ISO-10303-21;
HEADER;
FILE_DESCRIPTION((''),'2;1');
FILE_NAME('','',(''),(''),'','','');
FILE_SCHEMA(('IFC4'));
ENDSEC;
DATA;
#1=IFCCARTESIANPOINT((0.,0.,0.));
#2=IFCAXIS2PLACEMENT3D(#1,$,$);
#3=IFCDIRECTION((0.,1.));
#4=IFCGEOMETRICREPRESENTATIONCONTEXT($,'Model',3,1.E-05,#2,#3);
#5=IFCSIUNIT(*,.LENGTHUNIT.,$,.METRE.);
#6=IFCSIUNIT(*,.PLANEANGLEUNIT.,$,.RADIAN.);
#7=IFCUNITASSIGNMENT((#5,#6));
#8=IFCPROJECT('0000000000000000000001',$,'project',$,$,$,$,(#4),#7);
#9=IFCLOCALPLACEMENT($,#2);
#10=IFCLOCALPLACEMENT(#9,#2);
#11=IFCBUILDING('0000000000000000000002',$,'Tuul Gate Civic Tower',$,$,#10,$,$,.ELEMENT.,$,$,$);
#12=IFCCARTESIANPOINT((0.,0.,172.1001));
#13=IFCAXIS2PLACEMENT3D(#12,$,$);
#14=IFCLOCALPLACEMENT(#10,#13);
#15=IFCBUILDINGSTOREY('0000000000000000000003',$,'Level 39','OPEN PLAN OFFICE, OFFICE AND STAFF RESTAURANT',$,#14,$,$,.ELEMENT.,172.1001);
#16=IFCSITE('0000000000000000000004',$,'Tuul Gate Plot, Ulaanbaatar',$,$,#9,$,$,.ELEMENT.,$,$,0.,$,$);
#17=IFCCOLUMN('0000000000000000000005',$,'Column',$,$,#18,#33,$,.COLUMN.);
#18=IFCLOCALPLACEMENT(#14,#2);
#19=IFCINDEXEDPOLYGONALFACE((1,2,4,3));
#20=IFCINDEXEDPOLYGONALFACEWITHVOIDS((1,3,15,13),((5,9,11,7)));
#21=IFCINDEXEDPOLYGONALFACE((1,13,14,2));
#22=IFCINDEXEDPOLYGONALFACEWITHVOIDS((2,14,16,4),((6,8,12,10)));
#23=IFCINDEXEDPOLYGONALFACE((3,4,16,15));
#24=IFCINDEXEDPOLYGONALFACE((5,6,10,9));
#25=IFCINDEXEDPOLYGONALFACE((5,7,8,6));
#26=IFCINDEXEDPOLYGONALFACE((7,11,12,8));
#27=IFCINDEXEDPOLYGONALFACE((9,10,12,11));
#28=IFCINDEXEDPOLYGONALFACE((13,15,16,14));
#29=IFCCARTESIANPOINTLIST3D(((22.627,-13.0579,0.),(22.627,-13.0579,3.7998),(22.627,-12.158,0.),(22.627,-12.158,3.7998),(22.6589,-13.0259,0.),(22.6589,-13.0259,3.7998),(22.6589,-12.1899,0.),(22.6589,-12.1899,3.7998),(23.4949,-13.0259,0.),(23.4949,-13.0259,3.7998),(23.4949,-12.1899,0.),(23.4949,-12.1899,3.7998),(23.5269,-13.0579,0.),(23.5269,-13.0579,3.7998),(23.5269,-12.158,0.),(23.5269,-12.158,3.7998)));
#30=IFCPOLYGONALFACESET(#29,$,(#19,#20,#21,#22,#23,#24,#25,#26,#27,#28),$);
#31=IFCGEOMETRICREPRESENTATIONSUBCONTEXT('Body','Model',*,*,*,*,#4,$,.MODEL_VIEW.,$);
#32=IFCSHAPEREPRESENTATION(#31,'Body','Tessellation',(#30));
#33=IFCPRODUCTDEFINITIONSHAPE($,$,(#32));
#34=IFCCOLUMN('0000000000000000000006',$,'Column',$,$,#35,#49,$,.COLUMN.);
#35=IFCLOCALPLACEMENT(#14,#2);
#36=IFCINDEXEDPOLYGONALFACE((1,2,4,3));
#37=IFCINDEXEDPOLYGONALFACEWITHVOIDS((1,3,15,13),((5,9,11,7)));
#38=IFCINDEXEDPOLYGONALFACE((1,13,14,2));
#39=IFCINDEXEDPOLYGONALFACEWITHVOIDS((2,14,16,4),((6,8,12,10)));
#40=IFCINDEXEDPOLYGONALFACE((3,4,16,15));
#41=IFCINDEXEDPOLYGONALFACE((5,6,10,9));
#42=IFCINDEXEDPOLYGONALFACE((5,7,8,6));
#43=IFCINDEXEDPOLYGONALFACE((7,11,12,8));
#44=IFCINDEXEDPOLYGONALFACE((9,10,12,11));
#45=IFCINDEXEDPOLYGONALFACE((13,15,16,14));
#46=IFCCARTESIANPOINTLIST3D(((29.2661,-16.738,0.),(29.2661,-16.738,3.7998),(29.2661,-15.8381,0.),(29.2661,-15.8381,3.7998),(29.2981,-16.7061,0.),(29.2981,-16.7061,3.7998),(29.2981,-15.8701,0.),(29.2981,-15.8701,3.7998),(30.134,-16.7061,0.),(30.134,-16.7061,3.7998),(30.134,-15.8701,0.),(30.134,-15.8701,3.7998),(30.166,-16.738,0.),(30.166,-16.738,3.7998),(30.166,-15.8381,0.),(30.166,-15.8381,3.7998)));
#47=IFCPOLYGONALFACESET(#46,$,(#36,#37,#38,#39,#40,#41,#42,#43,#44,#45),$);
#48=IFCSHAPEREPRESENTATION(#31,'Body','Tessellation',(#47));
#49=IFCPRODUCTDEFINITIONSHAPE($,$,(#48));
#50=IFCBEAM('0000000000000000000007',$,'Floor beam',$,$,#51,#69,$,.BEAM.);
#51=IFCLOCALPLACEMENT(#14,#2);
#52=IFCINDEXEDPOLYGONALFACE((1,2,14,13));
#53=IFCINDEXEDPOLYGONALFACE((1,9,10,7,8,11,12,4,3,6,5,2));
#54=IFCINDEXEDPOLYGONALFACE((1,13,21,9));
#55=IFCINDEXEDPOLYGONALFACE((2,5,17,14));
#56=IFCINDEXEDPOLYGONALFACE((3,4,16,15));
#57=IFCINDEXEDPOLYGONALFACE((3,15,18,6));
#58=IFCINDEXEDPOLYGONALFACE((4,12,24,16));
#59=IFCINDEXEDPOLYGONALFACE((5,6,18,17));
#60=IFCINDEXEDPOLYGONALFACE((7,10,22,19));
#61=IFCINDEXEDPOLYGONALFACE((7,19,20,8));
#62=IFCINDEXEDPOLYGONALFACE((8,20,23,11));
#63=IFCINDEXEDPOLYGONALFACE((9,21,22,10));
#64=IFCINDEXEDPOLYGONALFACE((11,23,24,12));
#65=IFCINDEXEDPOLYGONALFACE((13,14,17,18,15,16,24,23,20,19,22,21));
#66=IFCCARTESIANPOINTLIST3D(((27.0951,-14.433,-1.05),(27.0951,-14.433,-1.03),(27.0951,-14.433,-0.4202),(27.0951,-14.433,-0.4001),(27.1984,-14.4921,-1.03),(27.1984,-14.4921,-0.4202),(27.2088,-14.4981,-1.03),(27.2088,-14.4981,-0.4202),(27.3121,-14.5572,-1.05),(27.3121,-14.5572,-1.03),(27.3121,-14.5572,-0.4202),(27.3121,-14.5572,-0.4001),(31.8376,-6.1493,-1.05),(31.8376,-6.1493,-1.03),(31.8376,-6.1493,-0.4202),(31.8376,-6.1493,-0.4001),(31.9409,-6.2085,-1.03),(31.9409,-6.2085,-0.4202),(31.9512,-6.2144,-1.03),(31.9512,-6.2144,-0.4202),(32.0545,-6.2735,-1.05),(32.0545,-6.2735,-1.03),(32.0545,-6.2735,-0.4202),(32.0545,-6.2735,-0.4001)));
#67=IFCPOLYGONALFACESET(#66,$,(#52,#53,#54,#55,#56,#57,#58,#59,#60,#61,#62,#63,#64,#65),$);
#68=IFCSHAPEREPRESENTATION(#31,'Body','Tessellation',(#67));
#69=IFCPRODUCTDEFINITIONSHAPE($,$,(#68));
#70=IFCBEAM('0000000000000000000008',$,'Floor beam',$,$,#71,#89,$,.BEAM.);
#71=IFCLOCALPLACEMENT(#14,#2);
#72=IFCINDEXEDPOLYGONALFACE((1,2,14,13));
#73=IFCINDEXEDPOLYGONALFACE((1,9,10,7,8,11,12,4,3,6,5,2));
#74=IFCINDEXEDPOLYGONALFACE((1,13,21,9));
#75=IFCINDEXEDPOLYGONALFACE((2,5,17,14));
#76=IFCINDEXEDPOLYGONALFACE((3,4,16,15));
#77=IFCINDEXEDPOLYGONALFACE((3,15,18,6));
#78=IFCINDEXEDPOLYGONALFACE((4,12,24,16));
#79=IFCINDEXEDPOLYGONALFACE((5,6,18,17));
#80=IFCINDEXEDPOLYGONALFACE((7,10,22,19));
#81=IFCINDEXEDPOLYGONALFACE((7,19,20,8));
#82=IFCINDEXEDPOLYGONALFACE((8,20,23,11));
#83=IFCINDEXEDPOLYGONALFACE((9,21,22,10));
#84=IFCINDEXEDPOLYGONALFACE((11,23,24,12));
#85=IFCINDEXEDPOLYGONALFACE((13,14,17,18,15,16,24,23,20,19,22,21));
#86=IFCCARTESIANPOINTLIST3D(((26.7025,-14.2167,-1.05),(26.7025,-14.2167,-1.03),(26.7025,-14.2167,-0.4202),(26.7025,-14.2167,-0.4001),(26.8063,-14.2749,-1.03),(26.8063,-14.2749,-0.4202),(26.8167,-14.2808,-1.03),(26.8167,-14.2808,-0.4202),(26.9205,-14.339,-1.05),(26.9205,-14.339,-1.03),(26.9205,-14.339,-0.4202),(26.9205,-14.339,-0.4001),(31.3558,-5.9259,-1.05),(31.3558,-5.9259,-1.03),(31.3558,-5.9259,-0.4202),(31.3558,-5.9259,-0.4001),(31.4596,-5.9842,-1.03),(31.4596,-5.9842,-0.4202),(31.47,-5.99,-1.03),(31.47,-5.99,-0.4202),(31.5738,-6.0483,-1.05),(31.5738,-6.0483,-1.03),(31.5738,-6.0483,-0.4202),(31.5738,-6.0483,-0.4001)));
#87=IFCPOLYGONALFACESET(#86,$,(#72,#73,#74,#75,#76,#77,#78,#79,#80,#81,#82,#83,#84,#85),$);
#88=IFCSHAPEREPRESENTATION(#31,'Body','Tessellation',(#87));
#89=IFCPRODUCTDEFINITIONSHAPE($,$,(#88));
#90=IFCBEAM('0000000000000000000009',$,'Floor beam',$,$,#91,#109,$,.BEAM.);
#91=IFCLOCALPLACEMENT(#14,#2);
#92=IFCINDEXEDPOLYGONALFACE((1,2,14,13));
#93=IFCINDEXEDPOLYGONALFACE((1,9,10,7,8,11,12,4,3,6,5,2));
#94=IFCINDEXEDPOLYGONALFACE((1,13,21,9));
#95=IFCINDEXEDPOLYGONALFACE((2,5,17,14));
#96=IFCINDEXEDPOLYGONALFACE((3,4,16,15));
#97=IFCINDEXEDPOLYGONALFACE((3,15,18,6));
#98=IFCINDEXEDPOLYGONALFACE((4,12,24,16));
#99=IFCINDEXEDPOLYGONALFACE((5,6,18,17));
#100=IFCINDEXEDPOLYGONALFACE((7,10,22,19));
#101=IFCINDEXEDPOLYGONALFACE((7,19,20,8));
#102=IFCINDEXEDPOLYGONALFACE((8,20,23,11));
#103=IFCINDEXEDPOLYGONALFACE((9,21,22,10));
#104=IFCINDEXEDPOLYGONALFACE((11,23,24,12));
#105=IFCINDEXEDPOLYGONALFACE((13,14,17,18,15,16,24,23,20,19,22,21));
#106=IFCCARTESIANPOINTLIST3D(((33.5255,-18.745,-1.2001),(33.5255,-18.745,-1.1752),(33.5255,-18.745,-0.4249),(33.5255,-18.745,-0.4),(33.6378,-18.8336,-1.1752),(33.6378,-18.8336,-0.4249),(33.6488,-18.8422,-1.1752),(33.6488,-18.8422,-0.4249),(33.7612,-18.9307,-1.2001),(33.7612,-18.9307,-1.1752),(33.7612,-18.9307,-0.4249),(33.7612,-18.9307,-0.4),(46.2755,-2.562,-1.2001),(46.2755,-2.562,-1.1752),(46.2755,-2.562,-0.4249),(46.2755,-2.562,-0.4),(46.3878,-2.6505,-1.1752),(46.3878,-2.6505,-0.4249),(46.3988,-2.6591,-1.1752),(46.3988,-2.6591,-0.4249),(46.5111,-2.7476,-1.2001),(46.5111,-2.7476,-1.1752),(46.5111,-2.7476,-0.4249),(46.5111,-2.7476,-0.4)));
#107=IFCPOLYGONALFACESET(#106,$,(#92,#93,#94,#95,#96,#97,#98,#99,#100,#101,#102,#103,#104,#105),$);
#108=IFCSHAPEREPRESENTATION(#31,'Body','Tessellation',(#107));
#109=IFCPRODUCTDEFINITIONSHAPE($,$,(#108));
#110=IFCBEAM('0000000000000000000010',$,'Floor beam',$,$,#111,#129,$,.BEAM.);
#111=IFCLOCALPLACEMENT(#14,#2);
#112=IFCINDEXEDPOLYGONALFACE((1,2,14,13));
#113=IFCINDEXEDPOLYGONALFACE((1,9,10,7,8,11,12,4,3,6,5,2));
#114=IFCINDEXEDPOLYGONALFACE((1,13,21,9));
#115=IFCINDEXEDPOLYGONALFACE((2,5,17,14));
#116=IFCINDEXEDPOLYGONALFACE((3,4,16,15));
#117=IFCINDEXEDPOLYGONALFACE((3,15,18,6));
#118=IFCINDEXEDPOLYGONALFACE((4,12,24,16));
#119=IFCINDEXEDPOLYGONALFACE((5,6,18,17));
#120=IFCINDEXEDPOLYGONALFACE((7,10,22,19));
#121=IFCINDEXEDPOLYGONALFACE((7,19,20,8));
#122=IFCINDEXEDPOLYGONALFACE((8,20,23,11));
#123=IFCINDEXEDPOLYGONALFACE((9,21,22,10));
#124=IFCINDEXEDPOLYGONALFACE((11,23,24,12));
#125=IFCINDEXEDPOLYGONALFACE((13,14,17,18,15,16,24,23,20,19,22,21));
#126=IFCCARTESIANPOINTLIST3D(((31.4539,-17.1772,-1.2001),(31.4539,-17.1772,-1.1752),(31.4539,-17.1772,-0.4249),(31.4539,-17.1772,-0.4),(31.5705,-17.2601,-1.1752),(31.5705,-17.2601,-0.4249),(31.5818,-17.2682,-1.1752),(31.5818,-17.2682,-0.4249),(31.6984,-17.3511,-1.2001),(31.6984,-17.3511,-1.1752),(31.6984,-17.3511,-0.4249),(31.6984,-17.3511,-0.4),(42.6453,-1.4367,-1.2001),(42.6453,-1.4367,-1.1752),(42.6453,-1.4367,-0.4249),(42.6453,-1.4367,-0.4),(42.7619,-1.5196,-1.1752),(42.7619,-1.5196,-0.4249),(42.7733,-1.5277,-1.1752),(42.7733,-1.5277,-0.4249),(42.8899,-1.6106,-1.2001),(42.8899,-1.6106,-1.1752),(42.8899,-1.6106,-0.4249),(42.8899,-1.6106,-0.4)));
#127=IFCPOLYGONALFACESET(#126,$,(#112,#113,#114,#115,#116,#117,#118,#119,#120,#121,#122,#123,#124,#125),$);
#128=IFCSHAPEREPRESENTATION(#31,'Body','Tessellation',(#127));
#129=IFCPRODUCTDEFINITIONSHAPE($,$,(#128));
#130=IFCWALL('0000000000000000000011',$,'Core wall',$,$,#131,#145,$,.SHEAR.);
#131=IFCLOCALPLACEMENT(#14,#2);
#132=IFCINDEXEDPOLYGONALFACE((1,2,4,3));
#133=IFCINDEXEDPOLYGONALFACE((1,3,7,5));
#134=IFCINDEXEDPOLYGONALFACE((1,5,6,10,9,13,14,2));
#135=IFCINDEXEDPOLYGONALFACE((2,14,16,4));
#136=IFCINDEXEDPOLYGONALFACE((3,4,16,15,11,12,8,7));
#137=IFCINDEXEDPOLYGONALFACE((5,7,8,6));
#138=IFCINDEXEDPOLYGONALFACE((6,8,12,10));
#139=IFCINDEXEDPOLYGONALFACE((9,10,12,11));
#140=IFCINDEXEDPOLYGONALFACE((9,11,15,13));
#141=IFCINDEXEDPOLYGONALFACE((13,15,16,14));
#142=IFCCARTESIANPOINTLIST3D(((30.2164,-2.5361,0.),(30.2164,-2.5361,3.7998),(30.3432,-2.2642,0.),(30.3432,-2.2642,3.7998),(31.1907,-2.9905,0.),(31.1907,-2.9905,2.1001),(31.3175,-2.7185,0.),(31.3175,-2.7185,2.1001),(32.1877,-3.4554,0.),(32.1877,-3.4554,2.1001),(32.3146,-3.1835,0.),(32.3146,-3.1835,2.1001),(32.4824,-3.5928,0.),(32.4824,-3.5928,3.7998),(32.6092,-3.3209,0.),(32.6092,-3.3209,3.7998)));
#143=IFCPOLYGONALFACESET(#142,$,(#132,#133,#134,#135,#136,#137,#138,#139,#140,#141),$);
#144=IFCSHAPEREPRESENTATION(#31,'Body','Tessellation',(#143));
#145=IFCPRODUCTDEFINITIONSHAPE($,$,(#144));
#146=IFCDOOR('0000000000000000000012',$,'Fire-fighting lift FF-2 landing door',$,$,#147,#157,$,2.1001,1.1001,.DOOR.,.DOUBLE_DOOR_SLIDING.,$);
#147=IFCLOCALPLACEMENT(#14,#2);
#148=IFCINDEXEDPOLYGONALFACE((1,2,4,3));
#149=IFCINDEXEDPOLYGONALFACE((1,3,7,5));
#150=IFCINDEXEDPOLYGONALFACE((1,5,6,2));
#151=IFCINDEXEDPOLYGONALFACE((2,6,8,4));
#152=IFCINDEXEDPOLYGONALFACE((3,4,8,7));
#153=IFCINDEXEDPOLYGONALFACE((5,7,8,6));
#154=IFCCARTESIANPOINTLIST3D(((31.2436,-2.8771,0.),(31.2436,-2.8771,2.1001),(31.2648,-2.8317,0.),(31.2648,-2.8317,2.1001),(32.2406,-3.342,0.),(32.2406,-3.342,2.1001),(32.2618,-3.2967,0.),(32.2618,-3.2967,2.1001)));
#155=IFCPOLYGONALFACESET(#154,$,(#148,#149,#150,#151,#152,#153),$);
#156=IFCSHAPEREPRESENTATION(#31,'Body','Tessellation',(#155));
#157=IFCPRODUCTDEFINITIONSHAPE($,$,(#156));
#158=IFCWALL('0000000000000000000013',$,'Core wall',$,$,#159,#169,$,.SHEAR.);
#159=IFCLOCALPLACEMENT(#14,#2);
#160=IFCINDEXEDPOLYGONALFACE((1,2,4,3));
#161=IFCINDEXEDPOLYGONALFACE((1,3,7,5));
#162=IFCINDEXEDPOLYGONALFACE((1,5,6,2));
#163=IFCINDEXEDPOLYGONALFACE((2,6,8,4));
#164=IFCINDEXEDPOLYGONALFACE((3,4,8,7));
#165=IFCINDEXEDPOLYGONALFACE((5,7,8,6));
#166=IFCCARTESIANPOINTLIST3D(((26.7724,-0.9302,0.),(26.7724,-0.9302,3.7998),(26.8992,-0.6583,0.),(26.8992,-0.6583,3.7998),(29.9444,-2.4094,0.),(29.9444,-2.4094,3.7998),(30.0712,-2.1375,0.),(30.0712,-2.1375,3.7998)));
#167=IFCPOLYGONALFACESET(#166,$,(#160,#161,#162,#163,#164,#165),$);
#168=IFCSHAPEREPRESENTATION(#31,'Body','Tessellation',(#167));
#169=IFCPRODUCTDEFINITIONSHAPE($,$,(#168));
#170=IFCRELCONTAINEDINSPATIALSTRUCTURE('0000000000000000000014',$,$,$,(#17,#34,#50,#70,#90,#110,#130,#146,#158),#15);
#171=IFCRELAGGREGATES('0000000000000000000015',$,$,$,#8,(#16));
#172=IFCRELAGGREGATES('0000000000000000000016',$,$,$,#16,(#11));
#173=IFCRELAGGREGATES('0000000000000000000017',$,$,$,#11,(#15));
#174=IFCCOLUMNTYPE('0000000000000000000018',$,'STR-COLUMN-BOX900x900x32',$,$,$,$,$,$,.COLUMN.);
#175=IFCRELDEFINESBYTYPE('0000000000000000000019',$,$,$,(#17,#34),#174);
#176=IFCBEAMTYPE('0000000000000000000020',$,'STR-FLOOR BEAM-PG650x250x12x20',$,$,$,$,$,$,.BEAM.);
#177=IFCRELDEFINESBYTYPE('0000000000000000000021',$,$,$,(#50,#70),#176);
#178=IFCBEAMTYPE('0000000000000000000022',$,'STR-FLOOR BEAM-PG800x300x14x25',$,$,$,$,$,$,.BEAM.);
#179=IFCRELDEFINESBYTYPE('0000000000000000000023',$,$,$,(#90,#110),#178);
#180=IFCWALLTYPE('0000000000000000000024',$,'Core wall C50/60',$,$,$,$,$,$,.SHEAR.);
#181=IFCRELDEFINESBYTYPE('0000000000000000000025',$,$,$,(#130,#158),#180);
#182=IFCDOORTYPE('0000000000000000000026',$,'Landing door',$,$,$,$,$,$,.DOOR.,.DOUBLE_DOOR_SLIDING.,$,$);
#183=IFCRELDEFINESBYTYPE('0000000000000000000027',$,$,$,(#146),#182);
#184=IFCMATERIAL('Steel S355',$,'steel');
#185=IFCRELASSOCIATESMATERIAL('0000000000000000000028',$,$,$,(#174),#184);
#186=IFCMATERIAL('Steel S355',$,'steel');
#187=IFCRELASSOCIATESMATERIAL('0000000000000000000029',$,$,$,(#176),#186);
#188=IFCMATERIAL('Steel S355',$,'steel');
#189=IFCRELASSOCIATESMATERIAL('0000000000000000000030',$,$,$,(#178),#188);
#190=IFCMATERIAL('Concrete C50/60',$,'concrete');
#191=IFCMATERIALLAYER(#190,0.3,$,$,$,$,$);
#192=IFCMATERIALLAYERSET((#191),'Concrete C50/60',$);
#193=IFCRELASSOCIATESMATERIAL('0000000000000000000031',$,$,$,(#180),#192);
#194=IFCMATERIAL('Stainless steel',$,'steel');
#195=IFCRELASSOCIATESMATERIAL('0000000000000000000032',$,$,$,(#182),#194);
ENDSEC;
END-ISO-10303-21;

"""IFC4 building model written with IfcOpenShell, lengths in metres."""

from ifc_helpers import new_model, si_unit, direction, frame, frame_2d, origin, origin_2d, place, context, subcontext, project, spatial, rectangle, hollow_rectangle, i_section, extrude, material, layer, layer_set, material_profile, profile_set, type_object, element, fill, save


model = new_model("IFC4")

# Units and contexts
model_context = context("Model", 3, precision=1e-05, world=origin(), true_north=direction((0.0, 1.0)))
body_context = subcontext(model_context, "Body", "Model", "MODEL_VIEW")
ifc_project = project(units=[si_unit("LENGTHUNIT", "METRE"), si_unit("PLANEANGLEUNIT", "RADIAN")], contexts=[model_context])

# Site, building, storey
site_placement = place(None, origin())
site = spatial("IfcSite", under=ifc_project, at=site_placement, Name="Tuul Gate Plot, Ulaanbaatar", CompositionType="ELEMENT", RefElevation=0.0)
building_placement = place(site_placement, origin())
building = spatial("IfcBuilding", under=site, at=building_placement, Name="Tuul Gate Civic Tower", CompositionType="ELEMENT")
storey_placement = place(building_placement, frame((0.0, 0.0, 172.1001)))
storey = spatial("IfcBuildingStorey", under=building, at=storey_placement, Name="Level 39", Description="OPEN PLAN OFFICE, OFFICE AND STAFF RESTAURANT", CompositionType="ELEMENT", Elevation=172.1001)

# Columns
ifc_material_1 = material(Name="Steel S355", Category="steel")
ifc_material_profile_1 = material_profile(ifc_material_1, hollow_rectangle(XDim=0.8999, YDim=0.8999, WallThickness=0.032, at=origin_2d()), Name="BOX900x900x32")
ifc_profile_set_1 = profile_set([ifc_material_profile_1], Name="Steel S355")
column_type = type_object("IfcColumnType", Name="STR-COLUMN-BOX900x900x32", PredefinedType="COLUMN", material=ifc_profile_set_1)
for number, where, z_axis, x_axis, name in (
    (1, (23.0769, -12.6079, 0.0), (0.0, 0.0, 1.0), (1.0, 0.0, 0.0), "Column"),
    (2, (29.7161, -16.2881, 0.0), (0.0, 0.0, 1.0), (1.0, 0.0, 0.0), "Column"),
):
    element("IfcColumn", number, at=place(storey_placement, frame(where, z_axis=z_axis, x_axis=x_axis)), inside=storey, type_object=column_type, Name=name, PredefinedType="COLUMN", context=body_context, shape_type="SweptSolid", body=[
        extrude(hollow_rectangle(XDim=0.8999, YDim=0.8999, WallThickness=0.032, at=origin_2d()), origin(), (0.0, 0.0, 1.0), 3.7998),
    ])

# Beams
ifc_material_2 = material(Name="Steel S355", Category="steel")
ifc_material_profile_2 = material_profile(ifc_material_2, i_section(OverallWidth=0.25, OverallDepth=0.6499, WebThickness=0.012, FlangeThickness=0.02, at=origin_2d()), Name="PG650x250x12x20")
ifc_profile_set_2 = profile_set([ifc_material_profile_2], Name="Steel S355")
beam_type_1 = type_object("IfcBeamType", Name="STR-FLOOR BEAM-PG650x250x12x20", PredefinedType="BEAM", material=ifc_profile_set_2)
beam_1_placement = place(storey_placement, frame((27.2036, -14.4951, -0.7251), z_axis=(0.496841, 0.867841, 0.0), x_axis=(-0.867841, 0.496841, 0.0)))
element("IfcBeam", 3, at=beam_1_placement, inside=storey, type_object=beam_type_1, Name="Floor beam", PredefinedType="BEAM", context=body_context, shape_type="SweptSolid", body=[
    extrude(i_section(OverallWidth=0.25, OverallDepth=0.6499, WebThickness=0.012, FlangeThickness=0.02, at=origin_2d()), origin(), (0.0, 0.0, 1.0), 9.5452),
])
beam_2_placement = place(storey_placement, frame((26.8115, -14.2778, -0.7251), z_axis=(0.489443, 0.872035, 0.0), x_axis=(-0.872035, 0.489443, 0.0)))
element("IfcBeam", 4, at=beam_2_placement, inside=storey, type_object=beam_type_1, Name="Floor beam", PredefinedType="BEAM", context=body_context, shape_type="SweptSolid", body=[
    extrude(i_section(OverallWidth=0.25, OverallDepth=0.6499, WebThickness=0.012, FlangeThickness=0.02, at=origin_2d()), origin(), (0.0, 0.0, 1.0), 9.5073),
])
ifc_material_3 = material(Name="Steel S355", Category="steel")
ifc_material_profile_3 = material_profile(ifc_material_3, i_section(OverallWidth=0.3, OverallDepth=0.8, WebThickness=0.0139, FlangeThickness=0.0249, at=origin_2d()), Name="PG800x300x14x25")
ifc_profile_set_3 = profile_set([ifc_material_profile_3], Name="Steel S355")
beam_type_2 = type_object("IfcBeamType", Name="STR-FLOOR BEAM-PG800x300x14x25", PredefinedType="BEAM", material=ifc_profile_set_3)
beam_3_placement = place(storey_placement, frame((33.6433, -18.8379, -0.8), z_axis=(0.618862, 0.785499, 0.0), x_axis=(-0.785499, 0.618862, 0.0)))
element("IfcBeam", 5, at=beam_3_placement, inside=storey, type_object=beam_type_2, Name="Floor beam", PredefinedType="BEAM", context=body_context, shape_type="SweptSolid", body=[
    extrude(i_section(OverallWidth=0.3, OverallDepth=0.8, WebThickness=0.0139, FlangeThickness=0.0249, at=origin_2d()), origin(), (0.0, 0.0, 1.0), 20.6023),
])
beam_4_placement = place(storey_placement, frame((31.5762, -17.2642, -0.8), z_axis=(0.579461, 0.815, 0.0), x_axis=(-0.815, 0.579461, 0.0)))
element("IfcBeam", 6, at=beam_4_placement, inside=storey, type_object=beam_type_2, Name="Floor beam", PredefinedType="BEAM", context=body_context, shape_type="SweptSolid", body=[
    extrude(i_section(OverallWidth=0.3, OverallDepth=0.8, WebThickness=0.0139, FlangeThickness=0.0249, at=origin_2d()), origin(), (0.0, 0.0, 1.0), 19.3135),
])

# Wall, opening, door
ifc_material_4 = material(Name="Concrete C50/60", Category="concrete")
ifc_layer_1 = layer(ifc_material_4, 0.3)
ifc_layer_set_1 = layer_set([ifc_layer_1], Name="Concrete C50/60")
wall_type_1 = type_object("IfcWallType", Name="Core wall C50/60", PredefinedType="SHEAR", material=ifc_layer_set_1)
wall_1_placement = place(storey_placement, frame((32.5457, -3.4568, 0.0), z_axis=(0.0, 0.0, 1.0), x_axis=(-0.9063, 0.422634, 0.0)))
wall_1 = element("IfcWall", 7, at=wall_1_placement, inside=storey, type_object=wall_type_1, Name="Core wall", PredefinedType="SHEAR", context=body_context, shape_type="SweptSolid", body=[
    extrude(rectangle(XDim=2.5002, YDim=0.3, at=frame_2d((1.25, 0.0))), origin(), (0.0, 0.0, 1.0), 3.7998),
])
opening_1_placement = place(wall_1_placement, frame((0.325, 0.0, 0.0)))
opening_1 = element("IfcOpeningElement", 8, at=opening_1_placement, cuts=wall_1, PredefinedType="OPENING", context=body_context, shape_type="SweptSolid", body=[
    extrude(rectangle(XDim=1.1001, YDim=2.1001, at=frame_2d((0.55, 1.05))), frame((0.0, 0.1602, 0.0), z_axis=(0.0, -1.0, 0.0), x_axis=(1.0, 0.0, 0.0)), (0.0, 0.0, 1.0), 0.3201),
])
ifc_material_5 = material(Name="Stainless steel", Category="steel")
door_type_1 = type_object("IfcDoorType", Name="Landing door", OperationType="DOUBLE_DOOR_SLIDING", PredefinedType="DOOR", material=ifc_material_5)
door_1_placement = place(opening_1_placement, origin())
door_1 = element("IfcDoor", 9, at=door_1_placement, inside=storey, type_object=door_type_1, Name="Fire-fighting lift FF-2 landing door", OperationType="DOUBLE_DOOR_SLIDING", OverallHeight=2.1001, OverallWidth=1.1001, PredefinedType="DOOR", context=body_context, shape_type="SweptSolid", body=[
    extrude(rectangle(XDim=1.1001, YDim=2.1001, at=frame_2d((0.55, 1.05))), frame((0.0, 0.0249, 0.0), z_axis=(0.0, -1.0, 0.0), x_axis=(1.0, 0.0, 0.0)), (0.0, 0.0, 1.0), 0.05),
])
fill(opening_1, door_1)

# Wall
wall_2_placement = place(storey_placement, frame((30.0078, -2.2734, 0.0), z_axis=(0.0, 0.0, 1.0), x_axis=(-0.906301, 0.422633, 0.0)))
element("IfcWall", 10, at=wall_2_placement, inside=storey, type_object=wall_type_1, Name="Core wall", PredefinedType="SHEAR", context=body_context, shape_type="SweptSolid", body=[
    extrude(rectangle(XDim=3.5, YDim=0.3, at=frame_2d((1.75, 0.0))), origin(), (0.0, 0.0, 1.0), 3.7998),
])

save(model, "model.ifc")
